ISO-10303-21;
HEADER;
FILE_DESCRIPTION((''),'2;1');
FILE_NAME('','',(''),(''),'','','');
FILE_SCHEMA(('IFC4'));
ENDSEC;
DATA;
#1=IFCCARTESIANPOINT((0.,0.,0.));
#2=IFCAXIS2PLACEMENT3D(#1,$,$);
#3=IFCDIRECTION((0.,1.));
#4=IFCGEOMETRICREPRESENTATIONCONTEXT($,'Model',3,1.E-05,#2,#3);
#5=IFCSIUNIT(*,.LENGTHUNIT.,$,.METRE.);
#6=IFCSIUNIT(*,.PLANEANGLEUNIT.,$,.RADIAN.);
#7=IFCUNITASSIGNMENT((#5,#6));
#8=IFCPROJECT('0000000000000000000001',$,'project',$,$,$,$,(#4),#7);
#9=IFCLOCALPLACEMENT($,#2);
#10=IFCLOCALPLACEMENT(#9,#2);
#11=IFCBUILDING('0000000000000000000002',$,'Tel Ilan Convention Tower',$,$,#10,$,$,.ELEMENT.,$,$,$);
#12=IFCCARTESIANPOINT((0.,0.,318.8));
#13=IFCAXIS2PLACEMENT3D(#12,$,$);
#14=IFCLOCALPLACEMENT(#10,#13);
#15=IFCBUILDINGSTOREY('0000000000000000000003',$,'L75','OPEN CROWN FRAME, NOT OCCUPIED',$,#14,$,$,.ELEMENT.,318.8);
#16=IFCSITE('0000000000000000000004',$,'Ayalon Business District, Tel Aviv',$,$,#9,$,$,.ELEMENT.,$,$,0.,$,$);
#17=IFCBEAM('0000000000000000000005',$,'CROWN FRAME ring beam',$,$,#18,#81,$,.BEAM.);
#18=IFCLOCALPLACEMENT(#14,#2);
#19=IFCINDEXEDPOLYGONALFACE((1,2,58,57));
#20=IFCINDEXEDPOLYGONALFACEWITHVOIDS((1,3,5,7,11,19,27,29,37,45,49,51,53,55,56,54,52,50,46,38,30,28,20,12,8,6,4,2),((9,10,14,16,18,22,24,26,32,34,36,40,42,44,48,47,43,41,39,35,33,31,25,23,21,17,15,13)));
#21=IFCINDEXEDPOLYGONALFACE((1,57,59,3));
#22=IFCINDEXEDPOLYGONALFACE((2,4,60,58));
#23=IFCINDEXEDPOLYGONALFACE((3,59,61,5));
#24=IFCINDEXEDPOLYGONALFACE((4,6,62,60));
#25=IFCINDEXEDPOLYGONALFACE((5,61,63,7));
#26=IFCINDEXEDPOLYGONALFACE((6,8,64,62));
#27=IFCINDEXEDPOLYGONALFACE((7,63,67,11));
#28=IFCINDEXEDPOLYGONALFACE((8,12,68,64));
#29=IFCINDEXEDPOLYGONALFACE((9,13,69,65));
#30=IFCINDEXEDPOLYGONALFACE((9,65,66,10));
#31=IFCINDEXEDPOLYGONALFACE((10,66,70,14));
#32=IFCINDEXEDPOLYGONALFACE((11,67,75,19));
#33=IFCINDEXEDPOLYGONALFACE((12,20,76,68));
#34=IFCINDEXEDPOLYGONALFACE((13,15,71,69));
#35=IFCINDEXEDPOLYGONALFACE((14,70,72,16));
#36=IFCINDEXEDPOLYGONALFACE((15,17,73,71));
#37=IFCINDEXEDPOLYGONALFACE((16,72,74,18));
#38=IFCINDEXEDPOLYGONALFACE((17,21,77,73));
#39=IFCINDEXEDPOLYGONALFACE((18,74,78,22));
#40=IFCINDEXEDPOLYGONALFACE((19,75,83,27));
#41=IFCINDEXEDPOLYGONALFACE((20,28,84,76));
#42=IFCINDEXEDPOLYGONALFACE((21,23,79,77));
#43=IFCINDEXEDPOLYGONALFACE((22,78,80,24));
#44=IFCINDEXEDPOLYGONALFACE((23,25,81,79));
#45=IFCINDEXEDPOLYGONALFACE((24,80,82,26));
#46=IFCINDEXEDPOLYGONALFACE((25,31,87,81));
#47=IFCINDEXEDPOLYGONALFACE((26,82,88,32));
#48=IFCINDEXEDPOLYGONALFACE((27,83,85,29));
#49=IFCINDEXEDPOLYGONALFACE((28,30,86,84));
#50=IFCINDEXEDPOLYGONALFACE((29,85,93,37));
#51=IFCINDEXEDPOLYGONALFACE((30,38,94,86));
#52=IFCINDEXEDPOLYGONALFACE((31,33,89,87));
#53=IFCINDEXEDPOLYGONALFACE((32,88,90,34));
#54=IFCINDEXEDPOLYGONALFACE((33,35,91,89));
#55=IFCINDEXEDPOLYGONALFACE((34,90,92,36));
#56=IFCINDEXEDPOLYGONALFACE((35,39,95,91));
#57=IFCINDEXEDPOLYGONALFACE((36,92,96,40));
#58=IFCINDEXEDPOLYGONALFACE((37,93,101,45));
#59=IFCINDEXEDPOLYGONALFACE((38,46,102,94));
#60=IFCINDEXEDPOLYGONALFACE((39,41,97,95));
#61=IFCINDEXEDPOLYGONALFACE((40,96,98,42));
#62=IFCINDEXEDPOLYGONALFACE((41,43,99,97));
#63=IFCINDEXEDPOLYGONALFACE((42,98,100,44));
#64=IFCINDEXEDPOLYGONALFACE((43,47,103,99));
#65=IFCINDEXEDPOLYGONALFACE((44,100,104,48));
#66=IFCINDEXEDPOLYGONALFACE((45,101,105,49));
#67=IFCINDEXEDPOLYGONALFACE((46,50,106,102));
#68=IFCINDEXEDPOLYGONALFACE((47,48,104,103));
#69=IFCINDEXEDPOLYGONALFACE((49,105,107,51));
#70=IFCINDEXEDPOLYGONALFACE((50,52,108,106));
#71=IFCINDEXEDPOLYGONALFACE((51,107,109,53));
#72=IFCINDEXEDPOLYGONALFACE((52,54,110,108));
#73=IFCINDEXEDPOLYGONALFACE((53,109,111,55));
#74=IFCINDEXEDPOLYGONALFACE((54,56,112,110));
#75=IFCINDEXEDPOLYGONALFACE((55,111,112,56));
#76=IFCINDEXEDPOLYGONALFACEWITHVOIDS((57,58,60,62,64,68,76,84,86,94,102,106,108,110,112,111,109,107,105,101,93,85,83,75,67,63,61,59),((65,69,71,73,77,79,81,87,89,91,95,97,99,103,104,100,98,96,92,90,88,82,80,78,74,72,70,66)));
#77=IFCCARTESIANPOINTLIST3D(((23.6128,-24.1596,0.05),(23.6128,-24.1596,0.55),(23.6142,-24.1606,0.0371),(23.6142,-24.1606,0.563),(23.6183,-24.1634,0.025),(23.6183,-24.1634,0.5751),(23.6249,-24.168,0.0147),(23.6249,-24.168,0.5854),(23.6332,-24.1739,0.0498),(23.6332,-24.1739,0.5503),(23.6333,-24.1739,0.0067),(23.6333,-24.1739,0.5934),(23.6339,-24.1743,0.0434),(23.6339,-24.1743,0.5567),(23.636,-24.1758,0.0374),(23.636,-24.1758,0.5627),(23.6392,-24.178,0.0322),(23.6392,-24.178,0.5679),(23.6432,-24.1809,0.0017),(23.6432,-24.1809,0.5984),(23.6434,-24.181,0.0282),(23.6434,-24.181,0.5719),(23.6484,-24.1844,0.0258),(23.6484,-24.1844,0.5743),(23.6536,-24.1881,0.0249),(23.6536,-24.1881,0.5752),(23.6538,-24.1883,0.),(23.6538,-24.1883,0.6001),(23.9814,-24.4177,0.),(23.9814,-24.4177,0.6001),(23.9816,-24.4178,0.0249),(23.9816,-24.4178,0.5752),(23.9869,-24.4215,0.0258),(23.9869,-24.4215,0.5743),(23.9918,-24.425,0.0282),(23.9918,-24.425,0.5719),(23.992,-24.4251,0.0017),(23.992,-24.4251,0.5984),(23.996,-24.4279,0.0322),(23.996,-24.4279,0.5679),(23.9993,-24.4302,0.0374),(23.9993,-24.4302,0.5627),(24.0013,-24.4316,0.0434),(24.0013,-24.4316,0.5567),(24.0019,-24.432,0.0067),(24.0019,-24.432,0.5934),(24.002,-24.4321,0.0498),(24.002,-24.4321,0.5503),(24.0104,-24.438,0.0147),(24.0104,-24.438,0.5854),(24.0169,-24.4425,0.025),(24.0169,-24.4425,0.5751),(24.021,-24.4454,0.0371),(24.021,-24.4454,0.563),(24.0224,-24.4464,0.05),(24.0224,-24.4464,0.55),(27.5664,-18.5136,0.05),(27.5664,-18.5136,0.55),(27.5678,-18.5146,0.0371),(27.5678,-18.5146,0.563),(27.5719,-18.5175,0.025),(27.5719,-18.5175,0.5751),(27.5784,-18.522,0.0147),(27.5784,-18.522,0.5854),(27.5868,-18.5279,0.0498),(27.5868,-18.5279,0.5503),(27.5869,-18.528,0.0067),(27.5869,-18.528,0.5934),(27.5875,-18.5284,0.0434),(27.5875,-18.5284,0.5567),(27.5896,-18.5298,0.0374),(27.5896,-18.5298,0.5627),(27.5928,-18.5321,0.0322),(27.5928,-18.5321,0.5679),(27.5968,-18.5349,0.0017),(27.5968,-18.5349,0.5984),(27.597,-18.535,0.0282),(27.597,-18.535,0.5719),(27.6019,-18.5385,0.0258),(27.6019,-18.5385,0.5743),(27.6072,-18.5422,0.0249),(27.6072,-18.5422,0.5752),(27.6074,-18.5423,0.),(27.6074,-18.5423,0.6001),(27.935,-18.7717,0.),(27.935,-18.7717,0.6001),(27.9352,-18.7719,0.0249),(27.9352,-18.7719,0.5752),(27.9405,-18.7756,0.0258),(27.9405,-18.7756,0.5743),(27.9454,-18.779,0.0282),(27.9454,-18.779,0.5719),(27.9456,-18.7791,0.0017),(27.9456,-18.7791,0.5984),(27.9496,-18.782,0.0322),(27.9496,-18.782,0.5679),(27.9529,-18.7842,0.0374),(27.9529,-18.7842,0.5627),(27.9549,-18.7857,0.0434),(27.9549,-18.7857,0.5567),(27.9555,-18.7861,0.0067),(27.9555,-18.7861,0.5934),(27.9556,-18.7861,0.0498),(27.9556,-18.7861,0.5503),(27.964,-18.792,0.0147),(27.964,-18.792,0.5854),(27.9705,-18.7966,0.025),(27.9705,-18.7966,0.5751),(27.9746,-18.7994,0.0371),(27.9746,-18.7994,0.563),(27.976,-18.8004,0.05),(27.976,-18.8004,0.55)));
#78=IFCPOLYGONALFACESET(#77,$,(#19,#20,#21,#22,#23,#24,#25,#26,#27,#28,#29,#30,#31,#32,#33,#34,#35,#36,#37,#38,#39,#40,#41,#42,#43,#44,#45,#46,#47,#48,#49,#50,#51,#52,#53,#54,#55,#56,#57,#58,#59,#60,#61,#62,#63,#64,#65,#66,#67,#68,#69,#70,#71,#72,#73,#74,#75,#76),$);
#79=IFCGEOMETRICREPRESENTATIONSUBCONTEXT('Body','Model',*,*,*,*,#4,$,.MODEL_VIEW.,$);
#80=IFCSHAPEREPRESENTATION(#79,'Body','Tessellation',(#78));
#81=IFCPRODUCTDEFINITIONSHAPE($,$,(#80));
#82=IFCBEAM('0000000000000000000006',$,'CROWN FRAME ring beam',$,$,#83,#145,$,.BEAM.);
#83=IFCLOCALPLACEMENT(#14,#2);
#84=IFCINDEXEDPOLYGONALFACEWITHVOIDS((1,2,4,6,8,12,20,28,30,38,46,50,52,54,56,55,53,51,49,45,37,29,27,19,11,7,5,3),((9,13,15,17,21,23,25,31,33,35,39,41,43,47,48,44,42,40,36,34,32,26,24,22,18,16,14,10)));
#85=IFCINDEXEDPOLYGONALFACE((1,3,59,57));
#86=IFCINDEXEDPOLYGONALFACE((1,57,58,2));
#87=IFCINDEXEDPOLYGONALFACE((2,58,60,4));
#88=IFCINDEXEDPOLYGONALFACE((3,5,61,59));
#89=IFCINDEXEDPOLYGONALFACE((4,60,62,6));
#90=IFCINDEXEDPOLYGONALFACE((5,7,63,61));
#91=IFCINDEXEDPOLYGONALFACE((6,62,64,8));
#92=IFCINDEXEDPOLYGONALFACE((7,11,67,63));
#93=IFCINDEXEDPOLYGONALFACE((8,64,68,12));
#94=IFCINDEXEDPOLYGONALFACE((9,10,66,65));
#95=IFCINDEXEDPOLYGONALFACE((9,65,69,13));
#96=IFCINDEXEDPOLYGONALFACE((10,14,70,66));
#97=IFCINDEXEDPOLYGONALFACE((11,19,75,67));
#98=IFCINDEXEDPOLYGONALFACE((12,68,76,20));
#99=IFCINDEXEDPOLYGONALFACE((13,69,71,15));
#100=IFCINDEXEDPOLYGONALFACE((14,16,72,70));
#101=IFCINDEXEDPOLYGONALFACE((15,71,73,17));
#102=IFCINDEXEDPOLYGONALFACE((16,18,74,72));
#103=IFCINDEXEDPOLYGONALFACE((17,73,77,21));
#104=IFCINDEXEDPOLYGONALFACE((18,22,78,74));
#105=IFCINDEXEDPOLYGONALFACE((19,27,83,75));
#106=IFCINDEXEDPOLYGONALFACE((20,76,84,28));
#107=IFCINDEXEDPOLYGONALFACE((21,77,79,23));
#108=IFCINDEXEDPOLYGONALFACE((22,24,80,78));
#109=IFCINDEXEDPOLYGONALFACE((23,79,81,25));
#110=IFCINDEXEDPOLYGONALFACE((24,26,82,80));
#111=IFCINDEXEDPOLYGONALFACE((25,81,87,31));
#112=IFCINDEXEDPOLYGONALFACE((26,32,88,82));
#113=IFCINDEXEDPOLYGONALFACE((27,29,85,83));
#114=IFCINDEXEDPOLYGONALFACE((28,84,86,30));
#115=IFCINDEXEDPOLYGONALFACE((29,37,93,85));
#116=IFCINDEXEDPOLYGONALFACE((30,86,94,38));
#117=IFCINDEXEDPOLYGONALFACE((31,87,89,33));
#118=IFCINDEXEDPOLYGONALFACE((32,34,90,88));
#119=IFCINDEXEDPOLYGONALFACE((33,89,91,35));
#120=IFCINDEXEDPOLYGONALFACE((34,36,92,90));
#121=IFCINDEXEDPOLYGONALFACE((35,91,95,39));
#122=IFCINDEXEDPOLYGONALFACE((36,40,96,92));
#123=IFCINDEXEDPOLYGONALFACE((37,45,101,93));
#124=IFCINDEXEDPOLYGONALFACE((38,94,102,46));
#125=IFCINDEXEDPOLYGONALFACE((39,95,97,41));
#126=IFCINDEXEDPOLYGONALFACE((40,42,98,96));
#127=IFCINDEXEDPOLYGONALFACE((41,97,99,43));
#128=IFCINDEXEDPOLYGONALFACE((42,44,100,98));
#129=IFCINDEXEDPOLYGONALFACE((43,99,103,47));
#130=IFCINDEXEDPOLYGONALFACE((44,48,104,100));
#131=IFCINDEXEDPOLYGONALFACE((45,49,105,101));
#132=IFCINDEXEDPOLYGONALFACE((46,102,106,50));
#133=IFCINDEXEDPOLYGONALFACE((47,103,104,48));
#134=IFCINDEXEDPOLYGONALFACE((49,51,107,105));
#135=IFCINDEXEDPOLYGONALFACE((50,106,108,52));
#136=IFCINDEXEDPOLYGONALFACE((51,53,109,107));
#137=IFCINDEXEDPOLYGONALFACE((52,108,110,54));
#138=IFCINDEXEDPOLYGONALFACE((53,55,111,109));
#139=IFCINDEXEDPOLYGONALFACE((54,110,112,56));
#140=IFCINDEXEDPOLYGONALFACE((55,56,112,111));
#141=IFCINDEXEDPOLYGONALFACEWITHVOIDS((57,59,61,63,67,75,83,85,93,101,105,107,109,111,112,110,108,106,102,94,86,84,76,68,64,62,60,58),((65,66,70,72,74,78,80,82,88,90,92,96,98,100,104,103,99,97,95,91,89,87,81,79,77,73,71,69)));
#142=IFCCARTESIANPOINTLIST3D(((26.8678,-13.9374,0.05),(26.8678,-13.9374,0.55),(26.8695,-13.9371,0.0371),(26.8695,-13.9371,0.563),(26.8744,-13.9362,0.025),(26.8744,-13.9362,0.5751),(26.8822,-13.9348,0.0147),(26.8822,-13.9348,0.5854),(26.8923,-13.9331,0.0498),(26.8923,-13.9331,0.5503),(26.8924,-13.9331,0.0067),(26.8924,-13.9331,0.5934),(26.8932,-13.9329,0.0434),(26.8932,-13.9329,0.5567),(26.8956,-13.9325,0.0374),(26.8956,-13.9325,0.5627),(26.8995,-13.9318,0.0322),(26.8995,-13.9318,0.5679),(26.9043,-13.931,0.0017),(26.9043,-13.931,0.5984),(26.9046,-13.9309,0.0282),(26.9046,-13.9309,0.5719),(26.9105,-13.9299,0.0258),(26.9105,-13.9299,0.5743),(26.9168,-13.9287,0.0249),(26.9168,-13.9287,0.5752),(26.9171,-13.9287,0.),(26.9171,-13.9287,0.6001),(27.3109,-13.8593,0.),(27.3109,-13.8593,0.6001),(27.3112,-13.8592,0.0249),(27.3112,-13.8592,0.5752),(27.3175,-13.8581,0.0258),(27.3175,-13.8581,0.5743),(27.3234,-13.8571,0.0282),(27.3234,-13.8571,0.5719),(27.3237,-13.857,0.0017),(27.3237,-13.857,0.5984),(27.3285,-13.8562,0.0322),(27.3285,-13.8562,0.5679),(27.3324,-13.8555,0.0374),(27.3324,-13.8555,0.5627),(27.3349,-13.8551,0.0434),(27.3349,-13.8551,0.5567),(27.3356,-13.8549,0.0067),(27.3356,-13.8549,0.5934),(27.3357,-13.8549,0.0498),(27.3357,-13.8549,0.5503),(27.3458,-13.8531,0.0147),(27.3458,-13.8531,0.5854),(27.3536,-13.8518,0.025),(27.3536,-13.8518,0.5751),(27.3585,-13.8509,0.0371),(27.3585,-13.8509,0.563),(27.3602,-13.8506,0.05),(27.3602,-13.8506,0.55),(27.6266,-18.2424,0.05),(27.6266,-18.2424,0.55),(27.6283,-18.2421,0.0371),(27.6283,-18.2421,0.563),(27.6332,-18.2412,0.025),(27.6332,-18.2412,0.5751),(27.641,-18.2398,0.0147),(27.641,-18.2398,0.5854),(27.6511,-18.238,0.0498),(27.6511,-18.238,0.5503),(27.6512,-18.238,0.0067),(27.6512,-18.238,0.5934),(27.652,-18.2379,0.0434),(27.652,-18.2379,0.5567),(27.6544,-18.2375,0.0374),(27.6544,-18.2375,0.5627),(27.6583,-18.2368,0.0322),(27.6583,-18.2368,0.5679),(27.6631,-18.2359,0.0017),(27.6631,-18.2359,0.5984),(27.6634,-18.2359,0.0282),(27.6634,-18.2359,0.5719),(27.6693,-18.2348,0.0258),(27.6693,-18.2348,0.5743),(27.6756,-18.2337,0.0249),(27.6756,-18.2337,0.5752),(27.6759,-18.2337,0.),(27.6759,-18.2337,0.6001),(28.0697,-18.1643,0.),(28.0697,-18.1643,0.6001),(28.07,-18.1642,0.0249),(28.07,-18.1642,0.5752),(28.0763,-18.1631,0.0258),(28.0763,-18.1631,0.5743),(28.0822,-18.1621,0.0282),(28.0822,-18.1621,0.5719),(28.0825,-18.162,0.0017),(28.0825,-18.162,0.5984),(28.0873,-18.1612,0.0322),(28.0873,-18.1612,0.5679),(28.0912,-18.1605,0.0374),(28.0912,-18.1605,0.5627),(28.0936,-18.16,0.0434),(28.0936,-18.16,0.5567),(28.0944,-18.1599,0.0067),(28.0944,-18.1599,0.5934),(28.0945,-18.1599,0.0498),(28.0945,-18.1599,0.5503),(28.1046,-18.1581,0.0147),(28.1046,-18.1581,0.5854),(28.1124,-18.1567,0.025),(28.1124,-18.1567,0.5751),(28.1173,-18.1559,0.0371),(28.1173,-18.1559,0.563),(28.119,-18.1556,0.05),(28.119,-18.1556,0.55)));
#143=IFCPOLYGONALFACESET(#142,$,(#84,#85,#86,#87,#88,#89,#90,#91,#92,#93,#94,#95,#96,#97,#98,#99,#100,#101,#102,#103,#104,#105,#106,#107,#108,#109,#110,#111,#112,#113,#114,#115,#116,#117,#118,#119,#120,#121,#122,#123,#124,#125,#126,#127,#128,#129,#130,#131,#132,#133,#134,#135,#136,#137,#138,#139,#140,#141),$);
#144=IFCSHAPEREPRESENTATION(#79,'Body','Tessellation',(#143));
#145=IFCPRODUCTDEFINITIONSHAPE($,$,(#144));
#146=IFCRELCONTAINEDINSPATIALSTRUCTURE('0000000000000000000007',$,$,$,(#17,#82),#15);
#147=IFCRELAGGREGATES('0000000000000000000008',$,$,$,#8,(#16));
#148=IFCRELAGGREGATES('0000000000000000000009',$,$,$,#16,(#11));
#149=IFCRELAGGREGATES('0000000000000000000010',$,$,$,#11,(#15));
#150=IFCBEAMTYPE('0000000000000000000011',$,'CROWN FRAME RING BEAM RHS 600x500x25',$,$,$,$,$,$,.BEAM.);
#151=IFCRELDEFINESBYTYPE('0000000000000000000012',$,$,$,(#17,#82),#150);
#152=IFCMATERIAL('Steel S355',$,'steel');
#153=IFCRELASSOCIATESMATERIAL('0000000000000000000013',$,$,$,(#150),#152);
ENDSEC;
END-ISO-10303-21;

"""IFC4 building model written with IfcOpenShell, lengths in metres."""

from ifc_helpers import new_model, si_unit, direction, frame, origin, origin_2d, place, context, subcontext, project, spatial, hollow_rectangle, extrude, material, material_profile, profile_set, type_object, element, save


model = new_model("IFC4")

# Units and contexts
model_context = context("Model", 3, precision=1e-05, world=origin(), true_north=direction((0.0, 1.0)))
body_context = subcontext(model_context, "Body", "Model", "MODEL_VIEW")
ifc_project = project(units=[si_unit("LENGTHUNIT", "METRE"), si_unit("PLANEANGLEUNIT", "RADIAN")], contexts=[model_context])

# Site, building, storey
site_placement = place(None, origin())
site = spatial("IfcSite", under=ifc_project, at=site_placement, Name="Ayalon Business District, Tel Aviv", CompositionType="ELEMENT", RefElevation=0.0)
building_placement = place(site_placement, origin())
building = spatial("IfcBuilding", under=site, at=building_placement, Name="Tel Ilan Convention Tower", CompositionType="ELEMENT")
storey_placement = place(building_placement, frame((0.0, 0.0, 318.8)))
storey = spatial("IfcBuildingStorey", under=building, at=storey_placement, Name="L75", Description="OPEN CROWN FRAME, NOT OCCUPIED", CompositionType="ELEMENT", Elevation=318.8)

# Beams
ifc_material_1 = material(Name="Steel S355", Category="steel")
ifc_material_profile_1 = material_profile(ifc_material_1, hollow_rectangle(XDim=0.5, YDim=0.6001, WallThickness=0.0249, InnerFilletRadius=0.0249, OuterFilletRadius=0.05, at=origin_2d()), Name="RHS 600x500x25")
ifc_profile_set_1 = profile_set([ifc_material_profile_1], Name="Steel S355")
beam_type = type_object("IfcBeamType", Name="CROWN FRAME RING BEAM RHS 600x500x25", PredefinedType="BEAM", material=ifc_profile_set_1)
beam_1_placement = place(storey_placement, frame((23.8176, -24.303, 0.3), z_axis=(0.5736, 0.819135, 0.0), x_axis=(-0.819135, 0.5736, 0.0)))
element("IfcBeam", 1, at=beam_1_placement, inside=storey, type_object=beam_type, Name="CROWN FRAME ring beam", PredefinedType="BEAM", context=body_context, shape_type="SweptSolid", body=[
    extrude(hollow_rectangle(XDim=0.5, YDim=0.6001, WallThickness=0.0249, InnerFilletRadius=0.0249, OuterFilletRadius=0.05, at=origin_2d()), origin(), (0.0, 0.0, 1.0), 6.8926),
])
beam_2_placement = place(storey_placement, frame((27.8728, -18.199, 0.3), z_axis=(-0.173585, 0.984819, 0.0), x_axis=(-0.984819, -0.173585, 0.0)))
element("IfcBeam", 2, at=beam_2_placement, inside=storey, type_object=beam_type, Name="CROWN FRAME ring beam", PredefinedType="BEAM", context=body_context, shape_type="SweptSolid", body=[
    extrude(hollow_rectangle(XDim=0.5, YDim=0.6001, WallThickness=0.0249, InnerFilletRadius=0.0249, OuterFilletRadius=0.05, at=origin_2d()), origin(), (0.0, 0.0, 1.0), 4.3713),
])

save(model, "model.ifc")
